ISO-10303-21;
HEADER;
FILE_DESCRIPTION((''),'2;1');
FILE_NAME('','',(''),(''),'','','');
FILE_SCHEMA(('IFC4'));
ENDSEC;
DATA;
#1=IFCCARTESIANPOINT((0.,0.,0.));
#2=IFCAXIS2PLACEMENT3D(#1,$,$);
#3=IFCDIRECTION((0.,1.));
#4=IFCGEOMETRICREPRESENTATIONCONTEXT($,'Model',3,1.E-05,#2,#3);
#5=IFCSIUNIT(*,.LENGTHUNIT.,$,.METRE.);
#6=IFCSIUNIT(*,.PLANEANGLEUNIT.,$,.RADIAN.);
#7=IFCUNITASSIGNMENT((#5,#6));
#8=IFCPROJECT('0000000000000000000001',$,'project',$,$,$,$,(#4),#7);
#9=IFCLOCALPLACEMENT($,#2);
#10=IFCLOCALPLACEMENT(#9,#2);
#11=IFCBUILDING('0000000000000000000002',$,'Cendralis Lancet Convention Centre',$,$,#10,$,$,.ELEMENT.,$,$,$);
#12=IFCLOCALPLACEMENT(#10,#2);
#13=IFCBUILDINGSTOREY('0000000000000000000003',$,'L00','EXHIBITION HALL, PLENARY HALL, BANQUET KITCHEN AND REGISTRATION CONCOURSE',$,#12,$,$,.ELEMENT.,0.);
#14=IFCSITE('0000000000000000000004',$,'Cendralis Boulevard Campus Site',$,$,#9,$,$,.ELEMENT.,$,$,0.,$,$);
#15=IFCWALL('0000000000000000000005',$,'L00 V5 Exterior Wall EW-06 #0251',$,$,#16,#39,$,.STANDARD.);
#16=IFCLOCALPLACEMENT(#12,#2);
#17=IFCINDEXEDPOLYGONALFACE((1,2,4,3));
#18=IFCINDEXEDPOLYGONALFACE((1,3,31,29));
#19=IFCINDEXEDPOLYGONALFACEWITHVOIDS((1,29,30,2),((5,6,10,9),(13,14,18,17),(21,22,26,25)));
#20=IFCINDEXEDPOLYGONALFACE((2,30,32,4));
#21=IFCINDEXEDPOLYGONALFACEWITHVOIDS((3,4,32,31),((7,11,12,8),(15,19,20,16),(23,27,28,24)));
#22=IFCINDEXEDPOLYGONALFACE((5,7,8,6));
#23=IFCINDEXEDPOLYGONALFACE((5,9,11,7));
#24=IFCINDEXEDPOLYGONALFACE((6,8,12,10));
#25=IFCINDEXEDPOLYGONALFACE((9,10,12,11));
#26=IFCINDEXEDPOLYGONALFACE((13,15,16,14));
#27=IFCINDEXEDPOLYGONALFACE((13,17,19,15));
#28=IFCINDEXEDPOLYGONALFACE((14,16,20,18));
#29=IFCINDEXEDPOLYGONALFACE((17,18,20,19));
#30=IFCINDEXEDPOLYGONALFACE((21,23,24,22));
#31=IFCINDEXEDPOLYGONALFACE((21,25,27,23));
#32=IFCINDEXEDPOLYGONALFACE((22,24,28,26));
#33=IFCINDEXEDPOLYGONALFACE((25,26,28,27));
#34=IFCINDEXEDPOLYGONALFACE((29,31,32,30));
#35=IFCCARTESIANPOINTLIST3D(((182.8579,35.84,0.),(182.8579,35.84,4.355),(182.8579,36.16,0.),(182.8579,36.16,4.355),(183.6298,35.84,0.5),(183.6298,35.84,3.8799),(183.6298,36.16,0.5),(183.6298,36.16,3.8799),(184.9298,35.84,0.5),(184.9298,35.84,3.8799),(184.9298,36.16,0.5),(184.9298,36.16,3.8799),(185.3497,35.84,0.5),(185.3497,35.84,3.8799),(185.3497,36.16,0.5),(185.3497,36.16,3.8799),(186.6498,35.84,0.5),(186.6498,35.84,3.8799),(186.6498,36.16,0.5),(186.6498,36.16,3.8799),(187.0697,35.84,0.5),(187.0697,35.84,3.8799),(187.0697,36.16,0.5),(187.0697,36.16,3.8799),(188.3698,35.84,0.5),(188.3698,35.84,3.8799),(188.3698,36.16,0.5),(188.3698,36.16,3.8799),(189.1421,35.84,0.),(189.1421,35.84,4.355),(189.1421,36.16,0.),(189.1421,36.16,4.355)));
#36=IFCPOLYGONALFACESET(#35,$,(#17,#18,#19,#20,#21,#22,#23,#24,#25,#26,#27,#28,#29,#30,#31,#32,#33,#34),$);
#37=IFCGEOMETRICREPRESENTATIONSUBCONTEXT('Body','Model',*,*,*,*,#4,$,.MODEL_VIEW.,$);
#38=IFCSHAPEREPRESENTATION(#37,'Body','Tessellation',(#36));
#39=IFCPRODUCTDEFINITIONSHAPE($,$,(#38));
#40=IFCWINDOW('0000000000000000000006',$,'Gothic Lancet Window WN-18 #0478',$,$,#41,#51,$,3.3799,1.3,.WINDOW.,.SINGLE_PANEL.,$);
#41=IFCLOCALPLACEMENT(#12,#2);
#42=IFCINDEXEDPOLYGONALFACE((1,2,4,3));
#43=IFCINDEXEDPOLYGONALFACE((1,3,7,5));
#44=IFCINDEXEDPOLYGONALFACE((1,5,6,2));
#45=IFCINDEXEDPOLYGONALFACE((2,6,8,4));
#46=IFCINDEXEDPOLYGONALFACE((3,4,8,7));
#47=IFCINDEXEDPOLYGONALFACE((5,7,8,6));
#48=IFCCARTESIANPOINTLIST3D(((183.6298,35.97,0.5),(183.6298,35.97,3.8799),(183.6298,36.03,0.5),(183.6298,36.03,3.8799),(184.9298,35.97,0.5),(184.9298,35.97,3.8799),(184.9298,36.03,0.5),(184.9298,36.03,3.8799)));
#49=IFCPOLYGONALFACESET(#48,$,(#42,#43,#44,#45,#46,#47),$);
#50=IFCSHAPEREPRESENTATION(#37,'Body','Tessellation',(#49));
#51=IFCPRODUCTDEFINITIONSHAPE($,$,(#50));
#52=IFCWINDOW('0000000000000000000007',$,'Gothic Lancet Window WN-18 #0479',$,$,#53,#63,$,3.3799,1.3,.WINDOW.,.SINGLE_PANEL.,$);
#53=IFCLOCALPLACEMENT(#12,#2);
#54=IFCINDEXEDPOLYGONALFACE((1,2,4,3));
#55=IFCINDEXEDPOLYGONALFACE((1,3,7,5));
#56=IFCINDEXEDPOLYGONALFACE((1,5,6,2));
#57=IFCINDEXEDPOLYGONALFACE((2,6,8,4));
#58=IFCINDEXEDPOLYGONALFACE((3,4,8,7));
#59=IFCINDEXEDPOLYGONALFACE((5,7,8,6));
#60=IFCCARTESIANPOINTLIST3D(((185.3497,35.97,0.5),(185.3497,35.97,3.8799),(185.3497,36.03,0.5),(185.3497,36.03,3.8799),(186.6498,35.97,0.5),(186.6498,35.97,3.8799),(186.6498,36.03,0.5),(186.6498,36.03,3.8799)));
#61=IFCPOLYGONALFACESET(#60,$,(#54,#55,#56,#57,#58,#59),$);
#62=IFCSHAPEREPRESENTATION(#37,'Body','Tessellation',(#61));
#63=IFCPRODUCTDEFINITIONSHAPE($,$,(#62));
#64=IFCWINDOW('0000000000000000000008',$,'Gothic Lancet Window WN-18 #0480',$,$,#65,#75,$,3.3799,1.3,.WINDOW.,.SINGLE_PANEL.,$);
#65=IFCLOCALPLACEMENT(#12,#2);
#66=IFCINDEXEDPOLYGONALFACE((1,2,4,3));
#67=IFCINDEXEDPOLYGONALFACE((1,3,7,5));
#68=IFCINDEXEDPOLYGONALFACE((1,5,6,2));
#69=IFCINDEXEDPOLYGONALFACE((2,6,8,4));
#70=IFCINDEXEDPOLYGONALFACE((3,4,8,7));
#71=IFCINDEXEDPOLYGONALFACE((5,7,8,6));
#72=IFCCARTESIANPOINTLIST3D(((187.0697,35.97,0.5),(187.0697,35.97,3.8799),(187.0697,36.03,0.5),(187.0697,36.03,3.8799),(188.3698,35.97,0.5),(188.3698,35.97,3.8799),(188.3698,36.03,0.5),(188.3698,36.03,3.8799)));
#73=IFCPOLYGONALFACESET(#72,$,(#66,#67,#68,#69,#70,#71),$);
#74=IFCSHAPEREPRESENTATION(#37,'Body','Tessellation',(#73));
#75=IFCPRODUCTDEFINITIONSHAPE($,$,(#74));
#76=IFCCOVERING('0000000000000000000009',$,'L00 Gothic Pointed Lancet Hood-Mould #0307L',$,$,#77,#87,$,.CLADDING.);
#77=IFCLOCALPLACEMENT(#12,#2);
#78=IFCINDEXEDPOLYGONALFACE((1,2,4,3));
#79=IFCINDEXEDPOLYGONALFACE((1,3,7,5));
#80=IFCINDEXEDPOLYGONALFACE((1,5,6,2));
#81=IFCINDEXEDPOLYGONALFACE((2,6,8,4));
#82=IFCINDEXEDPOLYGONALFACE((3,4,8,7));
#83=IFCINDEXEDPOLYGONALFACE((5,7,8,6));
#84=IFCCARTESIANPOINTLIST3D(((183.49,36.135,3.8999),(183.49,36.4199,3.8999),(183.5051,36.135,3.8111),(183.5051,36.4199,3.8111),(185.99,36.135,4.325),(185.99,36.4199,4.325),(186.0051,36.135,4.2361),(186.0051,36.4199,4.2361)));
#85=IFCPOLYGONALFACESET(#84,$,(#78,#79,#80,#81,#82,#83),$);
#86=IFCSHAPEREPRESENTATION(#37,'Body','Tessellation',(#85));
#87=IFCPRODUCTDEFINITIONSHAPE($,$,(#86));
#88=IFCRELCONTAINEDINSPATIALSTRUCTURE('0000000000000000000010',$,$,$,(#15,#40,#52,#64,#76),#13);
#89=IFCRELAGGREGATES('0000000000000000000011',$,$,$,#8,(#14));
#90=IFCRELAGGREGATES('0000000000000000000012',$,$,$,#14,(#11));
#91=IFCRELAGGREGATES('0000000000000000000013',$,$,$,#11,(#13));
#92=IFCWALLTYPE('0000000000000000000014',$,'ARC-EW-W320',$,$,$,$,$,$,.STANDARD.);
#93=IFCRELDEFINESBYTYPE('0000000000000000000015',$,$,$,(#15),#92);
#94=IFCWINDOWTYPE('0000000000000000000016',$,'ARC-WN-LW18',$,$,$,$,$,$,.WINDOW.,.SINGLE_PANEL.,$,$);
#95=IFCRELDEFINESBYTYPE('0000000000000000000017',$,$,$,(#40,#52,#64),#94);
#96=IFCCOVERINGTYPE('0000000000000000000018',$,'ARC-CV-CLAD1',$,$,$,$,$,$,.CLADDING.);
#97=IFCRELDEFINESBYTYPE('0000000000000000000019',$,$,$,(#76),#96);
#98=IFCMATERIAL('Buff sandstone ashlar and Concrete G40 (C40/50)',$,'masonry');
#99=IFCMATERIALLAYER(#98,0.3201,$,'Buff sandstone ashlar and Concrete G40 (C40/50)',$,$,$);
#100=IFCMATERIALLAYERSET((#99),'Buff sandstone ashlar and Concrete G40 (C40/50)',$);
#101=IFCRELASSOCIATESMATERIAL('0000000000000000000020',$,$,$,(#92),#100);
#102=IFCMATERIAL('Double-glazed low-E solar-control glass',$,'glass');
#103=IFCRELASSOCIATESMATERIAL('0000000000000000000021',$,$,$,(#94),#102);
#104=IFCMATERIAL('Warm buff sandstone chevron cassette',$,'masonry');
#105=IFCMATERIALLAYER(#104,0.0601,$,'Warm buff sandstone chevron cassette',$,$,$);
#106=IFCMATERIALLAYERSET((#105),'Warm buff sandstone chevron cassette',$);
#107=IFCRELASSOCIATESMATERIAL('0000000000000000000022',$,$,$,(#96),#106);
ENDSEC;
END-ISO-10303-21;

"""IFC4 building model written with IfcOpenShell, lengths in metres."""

from ifc_helpers import new_model, si_unit, direction, frame, frame_2d, origin, place, context, subcontext, project, spatial, polyline, rectangle, outline, extrude, material, layer, layer_set, type_object, element, fill, save


model = new_model("IFC4")

# Units and contexts
model_context = context("Model", 3, precision=1e-05, world=origin(), true_north=direction((0.0, 1.0)))
body_context = subcontext(model_context, "Body", "Model", "MODEL_VIEW")
ifc_project = project(units=[si_unit("LENGTHUNIT", "METRE"), si_unit("PLANEANGLEUNIT", "RADIAN")], contexts=[model_context])

# Site, building, storey
site_placement = place(None, origin())
site = spatial("IfcSite", under=ifc_project, at=site_placement, Name="Cendralis Boulevard Campus Site", CompositionType="ELEMENT", RefElevation=0.0)
building_placement = place(site_placement, origin())
building = spatial("IfcBuilding", under=site, at=building_placement, Name="Cendralis Lancet Convention Centre", CompositionType="ELEMENT")
storey_placement = place(building_placement, origin())
storey = spatial("IfcBuildingStorey", under=building, at=storey_placement, Name="L00", Description="EXHIBITION HALL, PLENARY HALL, BANQUET KITCHEN AND REGISTRATION CONCOURSE", CompositionType="ELEMENT", Elevation=0.0)

# Shared definitions
ifc_material_1 = material(Name="Double-glazed low-E solar-control glass", Category="glass")

# Wall, openings, windows
ifc_material_2 = material(Name="Buff sandstone ashlar and Concrete G40 (C40/50)", Category="masonry")
ifc_layer_1 = layer(ifc_material_2, 0.3201, Name="Buff sandstone ashlar and Concrete G40 (C40/50)")
ifc_layer_set_1 = layer_set([ifc_layer_1], Name="Buff sandstone ashlar and Concrete G40 (C40/50)")
wall_type = type_object("IfcWallType", Name="ARC-EW-W320", PredefinedType="STANDARD", material=ifc_layer_set_1)
wall_placement = place(storey_placement, frame((182.8579, 36.0, 0.0), z_axis=(0.0, 0.0, 1.0), x_axis=(1.0, 0.0, 0.0)))
wall = element("IfcWall", 1, at=wall_placement, inside=storey, type_object=wall_type, Name="L00 V5 Exterior Wall EW-06 #0251", PredefinedType="STANDARD", context=body_context, shape_type="SweptSolid", body=[
    extrude(rectangle(XDim=6.2842, YDim=0.3201, at=frame_2d((3.1421, 0.0))), origin(), (0.0, 0.0, 1.0), 4.355),
])
opening_1_placement = place(wall_placement, frame((0.772, 0.0, 0.5)))
opening_1 = element("IfcOpeningElement", 2, at=opening_1_placement, cuts=wall, PredefinedType="OPENING", context=body_context, shape_type="SweptSolid", body=[
    extrude(rectangle(XDim=1.3, YDim=3.3799, at=frame_2d((0.6499, 1.6899))), frame((0.0, 0.1699, 0.0), z_axis=(0.0, -1.0, 0.0), x_axis=(1.0, 0.0, 0.0)), (0.0, 0.0, 1.0), 0.3401),
])
opening_2_placement = place(wall_placement, frame((2.4919, 0.0, 0.5)))
opening_2 = element("IfcOpeningElement", 3, at=opening_2_placement, cuts=wall, PredefinedType="OPENING", context=body_context, shape_type="SweptSolid", body=[
    extrude(rectangle(XDim=1.3, YDim=3.3799, at=frame_2d((0.6499, 1.6899))), frame((0.0, 0.1699, 0.0), z_axis=(0.0, -1.0, 0.0), x_axis=(1.0, 0.0, 0.0)), (0.0, 0.0, 1.0), 0.3401),
])
opening_3_placement = place(wall_placement, frame((4.2119, 0.0, 0.5)))
opening_3 = element("IfcOpeningElement", 4, at=opening_3_placement, cuts=wall, PredefinedType="OPENING", context=body_context, shape_type="SweptSolid", body=[
    extrude(rectangle(XDim=1.3, YDim=3.3799, at=frame_2d((0.6499, 1.6899))), frame((0.0, 0.1699, 0.0), z_axis=(0.0, -1.0, 0.0), x_axis=(1.0, 0.0, 0.0)), (0.0, 0.0, 1.0), 0.3401),
])
window_type = type_object("IfcWindowType", Name="ARC-WN-LW18", PartitioningType="SINGLE_PANEL", PredefinedType="WINDOW", material=ifc_material_1)
window_1_placement = place(opening_1_placement, origin())
window_1 = element("IfcWindow", 5, at=window_1_placement, inside=storey, type_object=window_type, Name="Gothic Lancet Window WN-18 #0478", OverallHeight=3.3799, OverallWidth=1.3, PartitioningType="SINGLE_PANEL", PredefinedType="WINDOW", context=body_context, shape_type="SweptSolid", body=[
    extrude(rectangle(XDim=1.3, YDim=3.3799, at=frame_2d((0.6499, 1.6899))), frame((0.0, 0.03, 0.0), z_axis=(0.0, -1.0, 0.0), x_axis=(1.0, 0.0, 0.0)), (0.0, 0.0, 1.0), 0.0601),
])
fill(opening_1, window_1)
window_2_placement = place(opening_2_placement, origin())
window_2 = element("IfcWindow", 6, at=window_2_placement, inside=storey, type_object=window_type, Name="Gothic Lancet Window WN-18 #0479", OverallHeight=3.3799, OverallWidth=1.3, PartitioningType="SINGLE_PANEL", PredefinedType="WINDOW", context=body_context, shape_type="SweptSolid", body=[
    extrude(rectangle(XDim=1.3, YDim=3.3799, at=frame_2d((0.6499, 1.6899))), frame((0.0, 0.03, 0.0), z_axis=(0.0, -1.0, 0.0), x_axis=(1.0, 0.0, 0.0)), (0.0, 0.0, 1.0), 0.0601),
])
fill(opening_2, window_2)
window_3_placement = place(opening_3_placement, origin())
window_3 = element("IfcWindow", 7, at=window_3_placement, inside=storey, type_object=window_type, Name="Gothic Lancet Window WN-18 #0480", OverallHeight=3.3799, OverallWidth=1.3, PartitioningType="SINGLE_PANEL", PredefinedType="WINDOW", context=body_context, shape_type="SweptSolid", body=[
    extrude(rectangle(XDim=1.3, YDim=3.3799, at=frame_2d((0.6499, 1.6899))), frame((0.0, 0.03, 0.0), z_axis=(0.0, -1.0, 0.0), x_axis=(1.0, 0.0, 0.0)), (0.0, 0.0, 1.0), 0.0601),
])
fill(opening_3, window_3)

# Covering
ifc_material_3 = material(Name="Warm buff sandstone chevron cassette", Category="masonry")
ifc_layer_2 = layer(ifc_material_3, 0.0601, Name="Warm buff sandstone chevron cassette")
ifc_layer_set_2 = layer_set([ifc_layer_2], Name="Warm buff sandstone chevron cassette")
covering_type = type_object("IfcCoveringType", Name="ARC-CV-CLAD1", PredefinedType="CLADDING", material=ifc_layer_set_2)
covering_placement = place(storey_placement, frame((183.49, 36.4199, 3.8999), z_axis=(-0.167614, 0.0, 0.985853), x_axis=(0.0, -1.0, 0.0)))
element("IfcCovering", 8, at=covering_placement, inside=storey, type_object=covering_type, Name="L00 Gothic Pointed Lancet Hood-Mould #0307L", PredefinedType="CLADDING", context=body_context, shape_type="SweptSolid", body=[
    extrude(outline(polyline([(0.0, 0.0), (0.2849, 0.0), (0.2849, 2.5359), (0.0, 2.5359), (0.0, 0.0)])), origin(), (0.0, 0.0, -1.0), 0.0901),
])

save(model, "model.ifc")
